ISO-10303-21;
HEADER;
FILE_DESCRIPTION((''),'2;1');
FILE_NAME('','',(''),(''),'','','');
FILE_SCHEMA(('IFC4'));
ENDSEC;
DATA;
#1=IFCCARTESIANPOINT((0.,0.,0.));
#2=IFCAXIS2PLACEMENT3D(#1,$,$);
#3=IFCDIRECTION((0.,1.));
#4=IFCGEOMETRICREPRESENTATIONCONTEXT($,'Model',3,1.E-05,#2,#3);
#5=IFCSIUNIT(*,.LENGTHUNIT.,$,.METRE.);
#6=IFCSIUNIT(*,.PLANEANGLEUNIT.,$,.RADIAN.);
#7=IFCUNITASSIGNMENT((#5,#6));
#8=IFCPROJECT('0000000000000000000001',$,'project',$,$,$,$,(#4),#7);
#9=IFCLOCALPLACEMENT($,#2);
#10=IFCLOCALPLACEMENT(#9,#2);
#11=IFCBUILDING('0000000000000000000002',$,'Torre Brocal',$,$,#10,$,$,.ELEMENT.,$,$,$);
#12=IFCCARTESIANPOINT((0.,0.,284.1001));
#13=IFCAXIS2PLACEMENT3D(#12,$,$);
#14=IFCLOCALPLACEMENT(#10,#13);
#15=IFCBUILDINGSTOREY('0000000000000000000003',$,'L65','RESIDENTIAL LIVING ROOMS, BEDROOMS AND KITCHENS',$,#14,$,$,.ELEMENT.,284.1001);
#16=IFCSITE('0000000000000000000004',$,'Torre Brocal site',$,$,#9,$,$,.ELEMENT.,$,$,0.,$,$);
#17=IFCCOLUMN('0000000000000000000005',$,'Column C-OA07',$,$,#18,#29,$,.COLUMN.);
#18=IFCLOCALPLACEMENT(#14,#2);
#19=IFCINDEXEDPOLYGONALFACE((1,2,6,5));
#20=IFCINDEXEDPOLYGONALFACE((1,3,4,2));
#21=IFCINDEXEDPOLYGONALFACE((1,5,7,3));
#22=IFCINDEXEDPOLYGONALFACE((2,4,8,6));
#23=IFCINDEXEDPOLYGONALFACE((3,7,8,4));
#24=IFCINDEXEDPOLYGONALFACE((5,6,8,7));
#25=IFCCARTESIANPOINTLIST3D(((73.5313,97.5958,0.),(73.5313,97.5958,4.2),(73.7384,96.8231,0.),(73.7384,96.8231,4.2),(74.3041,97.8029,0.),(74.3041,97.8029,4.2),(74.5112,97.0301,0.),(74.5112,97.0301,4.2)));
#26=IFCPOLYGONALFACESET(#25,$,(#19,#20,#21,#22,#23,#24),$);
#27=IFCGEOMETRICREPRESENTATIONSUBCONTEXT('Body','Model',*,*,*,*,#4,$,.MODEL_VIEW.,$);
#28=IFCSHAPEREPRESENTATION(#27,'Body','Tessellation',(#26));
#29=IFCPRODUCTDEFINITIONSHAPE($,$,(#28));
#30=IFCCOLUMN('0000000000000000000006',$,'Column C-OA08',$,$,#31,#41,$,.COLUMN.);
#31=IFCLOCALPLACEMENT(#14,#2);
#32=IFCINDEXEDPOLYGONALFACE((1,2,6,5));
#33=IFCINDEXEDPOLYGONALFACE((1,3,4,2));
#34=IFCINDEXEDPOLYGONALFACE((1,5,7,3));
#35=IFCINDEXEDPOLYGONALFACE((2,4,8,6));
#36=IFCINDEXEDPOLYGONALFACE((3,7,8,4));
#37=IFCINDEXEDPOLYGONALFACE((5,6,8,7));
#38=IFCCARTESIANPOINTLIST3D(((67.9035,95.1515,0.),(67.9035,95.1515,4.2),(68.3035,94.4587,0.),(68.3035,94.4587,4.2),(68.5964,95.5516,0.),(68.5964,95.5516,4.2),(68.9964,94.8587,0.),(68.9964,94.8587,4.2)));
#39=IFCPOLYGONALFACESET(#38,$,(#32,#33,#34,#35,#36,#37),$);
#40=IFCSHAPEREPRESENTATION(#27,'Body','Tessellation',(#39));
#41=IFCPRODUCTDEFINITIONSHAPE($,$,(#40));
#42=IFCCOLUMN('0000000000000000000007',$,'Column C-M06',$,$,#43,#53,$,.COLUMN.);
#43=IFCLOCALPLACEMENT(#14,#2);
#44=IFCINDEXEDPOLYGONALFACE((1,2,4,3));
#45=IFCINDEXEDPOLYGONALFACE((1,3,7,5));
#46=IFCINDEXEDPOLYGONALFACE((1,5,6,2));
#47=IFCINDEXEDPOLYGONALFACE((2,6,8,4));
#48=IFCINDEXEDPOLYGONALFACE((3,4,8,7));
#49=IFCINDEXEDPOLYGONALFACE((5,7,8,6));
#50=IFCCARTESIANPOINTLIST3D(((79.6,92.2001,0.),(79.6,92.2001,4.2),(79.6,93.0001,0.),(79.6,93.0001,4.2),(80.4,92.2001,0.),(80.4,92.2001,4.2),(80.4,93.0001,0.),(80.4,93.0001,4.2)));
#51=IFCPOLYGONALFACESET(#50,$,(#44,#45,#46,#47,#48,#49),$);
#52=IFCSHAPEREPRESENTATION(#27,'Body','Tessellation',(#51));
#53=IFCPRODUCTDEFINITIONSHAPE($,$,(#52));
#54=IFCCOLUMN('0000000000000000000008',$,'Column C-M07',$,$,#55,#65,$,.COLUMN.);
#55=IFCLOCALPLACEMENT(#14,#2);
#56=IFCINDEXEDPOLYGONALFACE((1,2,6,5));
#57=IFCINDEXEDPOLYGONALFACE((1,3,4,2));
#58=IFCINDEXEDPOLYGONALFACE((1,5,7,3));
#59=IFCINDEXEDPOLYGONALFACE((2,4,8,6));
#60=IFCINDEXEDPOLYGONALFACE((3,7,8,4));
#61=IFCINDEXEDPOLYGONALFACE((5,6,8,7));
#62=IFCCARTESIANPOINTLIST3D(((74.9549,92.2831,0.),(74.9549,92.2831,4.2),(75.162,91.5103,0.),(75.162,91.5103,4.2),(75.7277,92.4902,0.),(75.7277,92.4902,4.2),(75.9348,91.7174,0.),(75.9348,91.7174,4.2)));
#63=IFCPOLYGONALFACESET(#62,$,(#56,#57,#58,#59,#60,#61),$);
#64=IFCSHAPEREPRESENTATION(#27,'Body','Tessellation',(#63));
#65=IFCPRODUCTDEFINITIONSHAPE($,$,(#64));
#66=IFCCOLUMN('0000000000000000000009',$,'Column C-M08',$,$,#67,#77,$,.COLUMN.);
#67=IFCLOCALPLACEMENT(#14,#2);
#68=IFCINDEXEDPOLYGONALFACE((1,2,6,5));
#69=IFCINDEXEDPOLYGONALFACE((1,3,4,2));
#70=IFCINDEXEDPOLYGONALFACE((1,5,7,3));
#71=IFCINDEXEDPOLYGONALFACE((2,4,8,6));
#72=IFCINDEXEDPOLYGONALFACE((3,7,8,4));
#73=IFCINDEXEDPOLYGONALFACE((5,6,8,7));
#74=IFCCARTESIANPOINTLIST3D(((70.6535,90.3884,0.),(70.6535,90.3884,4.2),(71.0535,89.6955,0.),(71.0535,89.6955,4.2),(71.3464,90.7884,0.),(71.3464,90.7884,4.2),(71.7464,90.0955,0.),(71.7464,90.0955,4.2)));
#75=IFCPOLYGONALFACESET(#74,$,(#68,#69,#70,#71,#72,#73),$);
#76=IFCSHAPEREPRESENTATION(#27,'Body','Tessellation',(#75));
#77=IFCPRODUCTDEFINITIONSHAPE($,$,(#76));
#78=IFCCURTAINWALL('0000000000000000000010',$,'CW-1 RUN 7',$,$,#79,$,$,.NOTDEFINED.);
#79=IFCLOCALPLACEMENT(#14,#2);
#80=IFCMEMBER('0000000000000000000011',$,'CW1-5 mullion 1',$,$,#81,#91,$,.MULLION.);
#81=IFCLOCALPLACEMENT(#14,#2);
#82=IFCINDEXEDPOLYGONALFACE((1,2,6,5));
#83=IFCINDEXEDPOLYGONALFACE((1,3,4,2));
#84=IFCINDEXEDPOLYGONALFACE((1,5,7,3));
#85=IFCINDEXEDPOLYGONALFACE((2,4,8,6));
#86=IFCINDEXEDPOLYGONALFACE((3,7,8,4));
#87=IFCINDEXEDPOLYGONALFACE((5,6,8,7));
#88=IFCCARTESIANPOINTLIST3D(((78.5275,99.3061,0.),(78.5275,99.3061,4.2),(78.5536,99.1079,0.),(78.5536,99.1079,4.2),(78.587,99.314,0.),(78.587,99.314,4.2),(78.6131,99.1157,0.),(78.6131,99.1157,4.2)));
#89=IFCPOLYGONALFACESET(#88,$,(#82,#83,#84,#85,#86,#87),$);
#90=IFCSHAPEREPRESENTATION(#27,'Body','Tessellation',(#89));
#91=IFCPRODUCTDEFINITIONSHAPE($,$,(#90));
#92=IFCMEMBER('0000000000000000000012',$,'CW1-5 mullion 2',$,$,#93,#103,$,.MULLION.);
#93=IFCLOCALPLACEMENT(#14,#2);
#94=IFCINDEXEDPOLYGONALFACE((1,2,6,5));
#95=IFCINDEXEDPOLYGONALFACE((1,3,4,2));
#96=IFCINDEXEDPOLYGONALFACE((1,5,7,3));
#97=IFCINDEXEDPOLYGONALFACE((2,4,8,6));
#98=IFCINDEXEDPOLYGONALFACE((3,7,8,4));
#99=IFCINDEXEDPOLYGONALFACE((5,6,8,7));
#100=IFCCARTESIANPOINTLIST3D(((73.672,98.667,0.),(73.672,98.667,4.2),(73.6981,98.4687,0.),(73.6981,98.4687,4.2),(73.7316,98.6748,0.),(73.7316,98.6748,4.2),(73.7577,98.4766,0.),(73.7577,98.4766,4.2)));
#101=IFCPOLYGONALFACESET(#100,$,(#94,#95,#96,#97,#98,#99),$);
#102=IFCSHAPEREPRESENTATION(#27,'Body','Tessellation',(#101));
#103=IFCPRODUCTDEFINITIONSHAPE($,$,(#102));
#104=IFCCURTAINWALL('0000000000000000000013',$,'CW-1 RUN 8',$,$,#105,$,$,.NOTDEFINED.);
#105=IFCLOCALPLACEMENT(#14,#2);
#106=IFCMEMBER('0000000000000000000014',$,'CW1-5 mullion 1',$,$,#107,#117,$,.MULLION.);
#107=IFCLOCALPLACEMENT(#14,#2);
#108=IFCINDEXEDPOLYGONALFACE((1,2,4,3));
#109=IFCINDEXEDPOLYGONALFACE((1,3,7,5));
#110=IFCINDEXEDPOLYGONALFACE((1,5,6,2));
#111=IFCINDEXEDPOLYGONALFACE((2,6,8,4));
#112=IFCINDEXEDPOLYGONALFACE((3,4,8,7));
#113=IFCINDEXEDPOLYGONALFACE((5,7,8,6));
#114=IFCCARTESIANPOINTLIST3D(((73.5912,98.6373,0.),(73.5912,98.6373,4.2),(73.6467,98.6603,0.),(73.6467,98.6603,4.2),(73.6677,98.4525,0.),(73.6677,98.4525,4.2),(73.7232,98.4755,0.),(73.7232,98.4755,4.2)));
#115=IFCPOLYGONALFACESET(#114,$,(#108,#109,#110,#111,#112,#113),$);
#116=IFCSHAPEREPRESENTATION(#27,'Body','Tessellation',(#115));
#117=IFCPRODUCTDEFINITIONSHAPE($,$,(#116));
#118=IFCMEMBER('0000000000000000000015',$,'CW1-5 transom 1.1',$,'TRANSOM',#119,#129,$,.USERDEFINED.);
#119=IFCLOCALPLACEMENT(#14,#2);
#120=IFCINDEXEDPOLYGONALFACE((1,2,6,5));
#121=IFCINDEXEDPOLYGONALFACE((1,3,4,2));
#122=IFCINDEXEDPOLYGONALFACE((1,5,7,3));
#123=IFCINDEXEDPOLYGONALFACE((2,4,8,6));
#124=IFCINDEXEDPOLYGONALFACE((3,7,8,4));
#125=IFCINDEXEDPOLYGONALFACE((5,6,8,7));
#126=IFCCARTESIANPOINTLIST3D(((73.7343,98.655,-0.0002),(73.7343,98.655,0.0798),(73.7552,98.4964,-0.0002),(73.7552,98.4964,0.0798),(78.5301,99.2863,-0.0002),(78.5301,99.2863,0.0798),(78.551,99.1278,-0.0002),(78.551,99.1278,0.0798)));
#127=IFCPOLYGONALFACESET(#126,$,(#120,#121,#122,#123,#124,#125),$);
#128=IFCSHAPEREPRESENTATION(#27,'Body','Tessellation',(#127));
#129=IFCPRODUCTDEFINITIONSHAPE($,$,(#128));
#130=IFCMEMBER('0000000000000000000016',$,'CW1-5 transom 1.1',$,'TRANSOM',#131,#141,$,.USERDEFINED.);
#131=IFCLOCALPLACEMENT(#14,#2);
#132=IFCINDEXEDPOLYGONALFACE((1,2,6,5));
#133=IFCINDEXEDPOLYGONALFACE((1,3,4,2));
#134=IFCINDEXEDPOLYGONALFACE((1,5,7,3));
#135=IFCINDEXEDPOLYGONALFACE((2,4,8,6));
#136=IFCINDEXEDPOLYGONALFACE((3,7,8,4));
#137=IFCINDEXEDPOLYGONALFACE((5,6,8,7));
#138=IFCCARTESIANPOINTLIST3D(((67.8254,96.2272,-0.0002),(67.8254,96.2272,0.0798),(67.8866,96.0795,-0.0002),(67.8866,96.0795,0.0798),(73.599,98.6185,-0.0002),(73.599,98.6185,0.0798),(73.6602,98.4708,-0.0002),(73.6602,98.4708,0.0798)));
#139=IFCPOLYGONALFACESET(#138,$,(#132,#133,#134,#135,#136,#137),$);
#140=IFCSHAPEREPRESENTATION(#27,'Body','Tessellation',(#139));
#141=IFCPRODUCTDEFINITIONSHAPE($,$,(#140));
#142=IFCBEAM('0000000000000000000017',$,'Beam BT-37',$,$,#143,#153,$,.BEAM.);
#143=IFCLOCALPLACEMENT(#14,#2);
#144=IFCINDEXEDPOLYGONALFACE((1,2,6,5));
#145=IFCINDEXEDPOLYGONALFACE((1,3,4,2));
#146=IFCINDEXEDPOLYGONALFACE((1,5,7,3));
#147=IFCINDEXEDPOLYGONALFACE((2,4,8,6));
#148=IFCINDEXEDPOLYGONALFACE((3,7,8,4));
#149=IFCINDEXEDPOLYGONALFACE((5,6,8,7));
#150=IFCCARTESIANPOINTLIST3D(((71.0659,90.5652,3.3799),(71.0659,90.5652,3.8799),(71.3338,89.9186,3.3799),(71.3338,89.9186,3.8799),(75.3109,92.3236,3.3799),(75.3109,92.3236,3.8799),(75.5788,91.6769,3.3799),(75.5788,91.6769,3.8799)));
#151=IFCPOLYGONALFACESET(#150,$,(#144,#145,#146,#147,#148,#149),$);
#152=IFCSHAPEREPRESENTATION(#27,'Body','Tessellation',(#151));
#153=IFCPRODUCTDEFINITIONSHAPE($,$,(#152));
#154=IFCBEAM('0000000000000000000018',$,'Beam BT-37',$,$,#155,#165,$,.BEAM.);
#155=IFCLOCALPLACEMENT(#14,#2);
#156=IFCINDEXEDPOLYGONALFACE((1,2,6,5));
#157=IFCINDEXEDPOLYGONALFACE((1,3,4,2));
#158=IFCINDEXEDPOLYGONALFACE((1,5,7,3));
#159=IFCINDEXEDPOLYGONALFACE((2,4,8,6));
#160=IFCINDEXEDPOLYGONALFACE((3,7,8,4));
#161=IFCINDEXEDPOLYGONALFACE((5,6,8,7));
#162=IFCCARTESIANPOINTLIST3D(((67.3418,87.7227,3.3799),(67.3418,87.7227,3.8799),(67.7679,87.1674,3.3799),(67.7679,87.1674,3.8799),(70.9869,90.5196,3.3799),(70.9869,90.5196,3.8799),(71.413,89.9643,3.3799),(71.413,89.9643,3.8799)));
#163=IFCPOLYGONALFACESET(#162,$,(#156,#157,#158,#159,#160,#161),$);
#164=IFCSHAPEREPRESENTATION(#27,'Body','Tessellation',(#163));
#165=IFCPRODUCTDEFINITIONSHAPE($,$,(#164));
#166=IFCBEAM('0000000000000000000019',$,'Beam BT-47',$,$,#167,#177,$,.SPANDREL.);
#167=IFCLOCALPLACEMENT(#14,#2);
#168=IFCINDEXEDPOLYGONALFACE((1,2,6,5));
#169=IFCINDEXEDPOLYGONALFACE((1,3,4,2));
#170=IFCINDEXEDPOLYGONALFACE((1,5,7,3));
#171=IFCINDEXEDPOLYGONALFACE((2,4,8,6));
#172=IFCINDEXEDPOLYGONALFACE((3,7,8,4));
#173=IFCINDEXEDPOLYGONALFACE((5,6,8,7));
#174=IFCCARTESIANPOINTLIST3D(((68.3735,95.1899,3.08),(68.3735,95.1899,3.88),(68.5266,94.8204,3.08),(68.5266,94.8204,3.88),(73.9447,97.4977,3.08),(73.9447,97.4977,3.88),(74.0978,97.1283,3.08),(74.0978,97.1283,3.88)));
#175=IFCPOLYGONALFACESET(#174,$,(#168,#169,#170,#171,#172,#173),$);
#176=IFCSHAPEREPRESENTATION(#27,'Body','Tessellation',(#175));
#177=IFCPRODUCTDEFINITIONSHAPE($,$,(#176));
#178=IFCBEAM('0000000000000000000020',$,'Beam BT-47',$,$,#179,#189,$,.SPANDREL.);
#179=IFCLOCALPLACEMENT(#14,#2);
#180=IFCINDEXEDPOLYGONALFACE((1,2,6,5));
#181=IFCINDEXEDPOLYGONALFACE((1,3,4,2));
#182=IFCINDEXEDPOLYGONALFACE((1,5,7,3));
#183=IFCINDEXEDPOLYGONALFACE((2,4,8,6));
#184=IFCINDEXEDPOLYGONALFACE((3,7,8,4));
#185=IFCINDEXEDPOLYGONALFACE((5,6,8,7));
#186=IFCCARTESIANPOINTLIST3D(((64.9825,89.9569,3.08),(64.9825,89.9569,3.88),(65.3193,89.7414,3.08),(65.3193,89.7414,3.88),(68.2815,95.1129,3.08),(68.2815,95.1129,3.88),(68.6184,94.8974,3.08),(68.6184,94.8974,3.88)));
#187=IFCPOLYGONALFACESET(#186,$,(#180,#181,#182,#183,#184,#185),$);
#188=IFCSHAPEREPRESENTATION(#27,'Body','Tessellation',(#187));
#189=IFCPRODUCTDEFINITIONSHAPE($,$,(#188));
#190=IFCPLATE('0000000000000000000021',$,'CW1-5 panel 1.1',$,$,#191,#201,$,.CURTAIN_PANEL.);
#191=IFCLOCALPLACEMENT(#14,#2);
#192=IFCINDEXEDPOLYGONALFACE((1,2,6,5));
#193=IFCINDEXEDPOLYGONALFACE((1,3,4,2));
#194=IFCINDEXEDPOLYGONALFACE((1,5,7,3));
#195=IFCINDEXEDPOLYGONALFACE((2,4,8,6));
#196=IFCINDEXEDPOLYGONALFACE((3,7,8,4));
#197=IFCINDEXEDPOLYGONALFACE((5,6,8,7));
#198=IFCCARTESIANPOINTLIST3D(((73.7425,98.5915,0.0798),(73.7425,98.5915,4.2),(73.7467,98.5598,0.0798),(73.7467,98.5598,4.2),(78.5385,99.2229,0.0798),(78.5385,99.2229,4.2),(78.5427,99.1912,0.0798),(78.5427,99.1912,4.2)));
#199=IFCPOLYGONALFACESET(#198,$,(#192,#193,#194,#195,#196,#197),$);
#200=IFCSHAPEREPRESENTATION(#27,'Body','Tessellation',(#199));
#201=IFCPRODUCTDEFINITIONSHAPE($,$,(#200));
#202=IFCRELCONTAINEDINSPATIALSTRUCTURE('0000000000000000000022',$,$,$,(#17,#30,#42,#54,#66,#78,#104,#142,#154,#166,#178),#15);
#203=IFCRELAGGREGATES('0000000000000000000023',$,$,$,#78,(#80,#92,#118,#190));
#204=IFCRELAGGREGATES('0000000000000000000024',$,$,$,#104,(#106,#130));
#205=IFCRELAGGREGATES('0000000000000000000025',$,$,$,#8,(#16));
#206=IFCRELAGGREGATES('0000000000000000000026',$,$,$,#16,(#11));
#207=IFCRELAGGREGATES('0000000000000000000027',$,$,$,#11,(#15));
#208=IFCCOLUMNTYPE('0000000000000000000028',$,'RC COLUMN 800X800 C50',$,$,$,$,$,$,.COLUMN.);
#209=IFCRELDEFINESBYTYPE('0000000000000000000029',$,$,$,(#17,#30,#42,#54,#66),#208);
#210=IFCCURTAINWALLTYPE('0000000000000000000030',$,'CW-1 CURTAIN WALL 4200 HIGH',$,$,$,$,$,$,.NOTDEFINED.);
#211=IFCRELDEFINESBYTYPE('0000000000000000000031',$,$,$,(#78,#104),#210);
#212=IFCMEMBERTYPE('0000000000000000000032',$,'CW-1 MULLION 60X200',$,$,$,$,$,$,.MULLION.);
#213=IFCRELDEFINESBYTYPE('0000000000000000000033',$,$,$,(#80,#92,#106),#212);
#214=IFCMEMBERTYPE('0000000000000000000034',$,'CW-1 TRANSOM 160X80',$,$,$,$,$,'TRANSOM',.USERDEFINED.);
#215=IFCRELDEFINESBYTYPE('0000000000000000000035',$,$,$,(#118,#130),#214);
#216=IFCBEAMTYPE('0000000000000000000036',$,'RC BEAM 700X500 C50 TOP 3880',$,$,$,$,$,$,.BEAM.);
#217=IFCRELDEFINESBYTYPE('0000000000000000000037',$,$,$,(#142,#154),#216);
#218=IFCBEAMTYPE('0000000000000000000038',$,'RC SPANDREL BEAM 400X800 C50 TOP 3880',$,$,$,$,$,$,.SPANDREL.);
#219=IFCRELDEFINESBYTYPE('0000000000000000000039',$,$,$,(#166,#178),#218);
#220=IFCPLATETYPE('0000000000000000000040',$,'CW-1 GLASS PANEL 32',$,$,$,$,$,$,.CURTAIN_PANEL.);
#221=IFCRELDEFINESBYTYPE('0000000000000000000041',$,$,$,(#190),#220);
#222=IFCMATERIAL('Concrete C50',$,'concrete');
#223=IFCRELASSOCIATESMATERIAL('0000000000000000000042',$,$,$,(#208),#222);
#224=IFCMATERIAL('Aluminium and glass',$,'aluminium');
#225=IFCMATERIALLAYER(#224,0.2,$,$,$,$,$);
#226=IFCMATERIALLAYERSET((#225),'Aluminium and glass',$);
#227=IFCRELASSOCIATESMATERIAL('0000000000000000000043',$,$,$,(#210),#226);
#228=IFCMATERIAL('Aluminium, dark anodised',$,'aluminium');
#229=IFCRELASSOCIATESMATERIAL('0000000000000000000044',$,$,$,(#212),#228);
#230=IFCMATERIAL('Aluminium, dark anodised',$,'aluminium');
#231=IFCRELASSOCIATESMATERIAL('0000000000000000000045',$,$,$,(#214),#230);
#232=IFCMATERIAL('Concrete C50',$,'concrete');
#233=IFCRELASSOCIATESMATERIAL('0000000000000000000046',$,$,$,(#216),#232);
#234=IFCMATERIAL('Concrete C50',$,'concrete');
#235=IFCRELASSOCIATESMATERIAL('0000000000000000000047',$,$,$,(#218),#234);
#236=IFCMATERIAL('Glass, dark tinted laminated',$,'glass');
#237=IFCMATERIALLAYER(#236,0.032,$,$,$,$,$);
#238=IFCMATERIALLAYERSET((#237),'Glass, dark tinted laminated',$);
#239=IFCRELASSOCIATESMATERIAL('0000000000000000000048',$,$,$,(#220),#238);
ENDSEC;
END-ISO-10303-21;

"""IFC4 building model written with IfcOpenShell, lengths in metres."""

from ifc_helpers import new_model, si_unit, direction, frame, origin, origin_2d, place, context, subcontext, project, spatial, rectangle, extrude, material, layer, layer_set, material_profile, profile_set, type_object, element, aggregate, save


model = new_model("IFC4")

# Units and contexts
model_context = context("Model", 3, precision=1e-05, world=origin(), true_north=direction((0.0, 1.0)))
body_context = subcontext(model_context, "Body", "Model", "MODEL_VIEW")
ifc_project = project(units=[si_unit("LENGTHUNIT", "METRE"), si_unit("PLANEANGLEUNIT", "RADIAN")], contexts=[model_context])

# Site, building, storey
site_placement = place(None, origin())
site = spatial("IfcSite", under=ifc_project, at=site_placement, Name="Torre Brocal site", CompositionType="ELEMENT", RefElevation=0.0)
building_placement = place(site_placement, origin())
building = spatial("IfcBuilding", under=site, at=building_placement, Name="Torre Brocal", CompositionType="ELEMENT")
storey_placement = place(building_placement, frame((0.0, 0.0, 284.1001)))
storey = spatial("IfcBuildingStorey", under=building, at=storey_placement, Name="L65", Description="RESIDENTIAL LIVING ROOMS, BEDROOMS AND KITCHENS", CompositionType="ELEMENT", Elevation=284.1001)

# Columns
ifc_material_1 = material(Name="Concrete C50", Category="concrete")
ifc_material_profile_1 = material_profile(ifc_material_1, rectangle(XDim=0.8, YDim=0.8, at=origin_2d()), Name="RC 800X800")
ifc_profile_set_1 = profile_set([ifc_material_profile_1], Name="Concrete C50")
column_type = type_object("IfcColumnType", Name="RC COLUMN 800X800 C50", PredefinedType="COLUMN", material=ifc_profile_set_1)
for number, where, z_axis, x_axis, name in (
    (1, (74.0212, 97.313, 0.0), (0.0, 0.0, 1.0), (-0.258819, 0.965926, 0.0), "Column C-OA07"),
    (2, (68.45, 95.0051, 0.0), (0.0, 0.0, 1.0), (-0.5, 0.866025, 0.0), "Column C-OA08"),
    (3, (80.0, 92.6001, 0.0), (0.0, 0.0, 1.0), (0.0, 1.0, 0.0), "Column C-M06"),
    (4, (75.4448, 92.0002, 0.0), (0.0, 0.0, 1.0), (-0.258819, 0.965926, 0.0), "Column C-M07"),
    (5, (71.2, 90.2419, 0.0), (0.0, 0.0, 1.0), (-0.5, 0.866025, 0.0), "Column C-M08"),
):
    element("IfcColumn", number, at=place(storey_placement, frame(where, z_axis=z_axis, x_axis=x_axis)), inside=storey, type_object=column_type, Name=name, PredefinedType="COLUMN", context=body_context, shape_type="SweptSolid", body=[
        extrude(rectangle(XDim=0.8, YDim=0.8, at=origin_2d()), origin(), (0.0, 0.0, 1.0), 4.2),
    ])

# Curtain wall, members
ifc_material_2 = material(Name="Aluminium and glass", Category="aluminium")
ifc_layer_1 = layer(ifc_material_2, 0.2)
ifc_layer_set_1 = layer_set([ifc_layer_1], Name="Aluminium and glass")
curtain_wall_type = type_object("IfcCurtainWallType", Name="CW-1 CURTAIN WALL 4200 HIGH", PredefinedType="NOTDEFINED", material=ifc_layer_set_1)
curtain_wall_1_placement = place(storey_placement, origin())
curtain_wall_1 = element("IfcCurtainWall", 6, at=curtain_wall_1_placement, inside=storey, type_object=curtain_wall_type, Name="CW-1 RUN 7", PredefinedType="NOTDEFINED")
ifc_material_3 = material(Name="Aluminium, dark anodised", Category="aluminium")
ifc_material_profile_2 = material_profile(ifc_material_3, rectangle(XDim=0.2, YDim=0.0601, at=origin_2d()), Name="CW-1 MULLION 60X200")
ifc_profile_set_2 = profile_set([ifc_material_profile_2], Name="Aluminium, dark anodised")
member_type_1 = type_object("IfcMemberType", Name="CW-1 MULLION 60X200", PredefinedType="MULLION", material=ifc_profile_set_2)
member_1_placement = place(storey_placement, frame((78.5703, 99.2109, 0.0), z_axis=(0.0, 0.0, 1.0), x_axis=(0.130526, -0.991445, 0.0)))
member_1 = element("IfcMember", 7, at=member_1_placement, type_object=member_type_1, Name="CW1-5 mullion 1", PredefinedType="MULLION", context=body_context, shape_type="SweptSolid", body=[
    extrude(rectangle(XDim=0.2, YDim=0.0601, at=origin_2d()), origin(), (0.0, 0.0, 1.0), 4.2),
])
member_2_placement = place(storey_placement, frame((73.7148, 98.5718, 0.0), z_axis=(0.0, 0.0, 1.0), x_axis=(0.130526, -0.991445, 0.0)))
member_2 = element("IfcMember", 8, at=member_2_placement, type_object=member_type_1, Name="CW1-5 mullion 2", PredefinedType="MULLION", context=body_context, shape_type="SweptSolid", body=[
    extrude(rectangle(XDim=0.2, YDim=0.0601, at=origin_2d()), origin(), (0.0, 0.0, 1.0), 4.2),
])

# Curtain wall, member
curtain_wall_2_placement = place(storey_placement, origin())
curtain_wall_2 = element("IfcCurtainWall", 9, at=curtain_wall_2_placement, inside=storey, type_object=curtain_wall_type, Name="CW-1 RUN 8", PredefinedType="NOTDEFINED")
member_3_placement = place(storey_placement, frame((73.6572, 98.5564, 0.0), z_axis=(0.0, 0.0, 1.0), x_axis=(0.382683, -0.92388, 0.0)))
member_3 = element("IfcMember", 10, at=member_3_placement, type_object=member_type_1, Name="CW1-5 mullion 1", PredefinedType="MULLION", context=body_context, shape_type="SweptSolid", body=[
    extrude(rectangle(XDim=0.2, YDim=0.0601, at=origin_2d()), origin(), (0.0, 0.0, 1.0), 4.2),
])

# Members
ifc_material_4 = material(Name="Aluminium, dark anodised", Category="aluminium")
ifc_material_profile_3 = material_profile(ifc_material_4, rectangle(XDim=0.1599, YDim=0.0801, at=origin_2d()), Name="CW-1 TRANSOM 160X80")
ifc_profile_set_3 = profile_set([ifc_material_profile_3], Name="Aluminium, dark anodised")
member_type_2 = type_object("IfcMemberType", Name="CW-1 TRANSOM 160X80", ElementType="TRANSOM", PredefinedType="USERDEFINED", material=ifc_profile_set_3)
member_4_placement = place(storey_placement, frame((78.5405, 99.207, 0.0398), z_axis=(-0.991446, -0.130517, 0.0), x_axis=(0.130517, -0.991446, 0.0)))
member_4 = element("IfcMember", 11, at=member_4_placement, type_object=member_type_2, Name="CW1-5 transom 1.1", ObjectType="TRANSOM", PredefinedType="USERDEFINED", context=body_context, shape_type="SweptSolid", body=[
    extrude(rectangle(XDim=0.1599, YDim=0.0801, at=origin_2d()), origin(), (0.0, 0.0, 1.0), 4.8372),
])
member_5_placement = place(storey_placement, frame((73.6296, 98.5447, 0.0398), z_axis=(-0.92389, -0.382659, 0.0), x_axis=(0.382659, -0.92389, 0.0)))
member_5 = element("IfcMember", 12, at=member_5_placement, type_object=member_type_2, Name="CW1-5 transom 1.1", ObjectType="TRANSOM", PredefinedType="USERDEFINED", context=body_context, shape_type="SweptSolid", body=[
    extrude(rectangle(XDim=0.1599, YDim=0.0801, at=origin_2d()), origin(), (0.0, 0.0, 1.0), 6.2493),
])

# Beams
ifc_material_5 = material(Name="Concrete C50", Category="concrete")
ifc_material_profile_4 = material_profile(ifc_material_5, rectangle(XDim=0.7, YDim=0.5, at=origin_2d()), Name="RC 700X500")
ifc_profile_set_4 = profile_set([ifc_material_profile_4], Name="Concrete C50")
beam_type_1 = type_object("IfcBeamType", Name="RC BEAM 700X500 C50 TOP 3880", PredefinedType="BEAM", material=ifc_profile_set_4)
beam_1_placement = place(storey_placement, frame((75.4448, 92.0002, 3.6299), z_axis=(-0.923878, -0.382687, 0.0), x_axis=(0.382687, -0.923878, 0.0)))
element("IfcBeam", 13, at=beam_1_placement, inside=storey, type_object=beam_type_1, Name="Beam BT-37", PredefinedType="BEAM", context=body_context, shape_type="SweptSolid", body=[
    extrude(rectangle(XDim=0.7, YDim=0.5, at=origin_2d()), origin(), (0.0, 0.0, 1.0), 4.5947),
])
beam_2_placement = place(storey_placement, frame((71.2, 90.2419, 3.6299), z_axis=(-0.793358, -0.608755, 0.0), x_axis=(0.608755, -0.793358, 0.0)))
element("IfcBeam", 14, at=beam_2_placement, inside=storey, type_object=beam_type_1, Name="Beam BT-37", PredefinedType="BEAM", context=body_context, shape_type="SweptSolid", body=[
    extrude(rectangle(XDim=0.7, YDim=0.5, at=origin_2d()), origin(), (0.0, 0.0, 1.0), 4.5945),
])
ifc_material_6 = material(Name="Concrete C50", Category="concrete")
ifc_material_profile_5 = material_profile(ifc_material_6, rectangle(XDim=0.3999, YDim=0.8, at=origin_2d()), Name="RC 400X800")
ifc_profile_set_5 = profile_set([ifc_material_profile_5], Name="Concrete C50")
beam_type_2 = type_object("IfcBeamType", Name="RC SPANDREL BEAM 400X800 C50 TOP 3880", PredefinedType="SPANDREL", material=ifc_profile_set_5)
beam_3_placement = place(storey_placement, frame((74.0212, 97.313, 3.48), z_axis=(-0.92387, -0.382706, 0.0), x_axis=(0.382706, -0.92387, 0.0)))
element("IfcBeam", 15, at=beam_3_placement, inside=storey, type_object=beam_type_2, Name="Beam BT-47", PredefinedType="SPANDREL", context=body_context, shape_type="SweptSolid", body=[
    extrude(rectangle(XDim=0.3999, YDim=0.8, at=origin_2d()), origin(), (0.0, 0.0, 1.0), 6.0303),
])
beam_4_placement = place(storey_placement, frame((68.45, 95.0051, 3.48), z_axis=(-0.538964, -0.842329, 0.0), x_axis=(0.842329, -0.538964, 0.0)))
element("IfcBeam", 16, at=beam_4_placement, inside=storey, type_object=beam_type_2, Name="Beam BT-47", PredefinedType="SPANDREL", context=body_context, shape_type="SweptSolid", body=[
    extrude(rectangle(XDim=0.3999, YDim=0.8, at=origin_2d()), origin(), (0.0, 0.0, 1.0), 6.1211),
])

# Plate
ifc_material_7 = material(Name="Glass, dark tinted laminated", Category="glass")
ifc_layer_2 = layer(ifc_material_7, 0.032)
ifc_layer_set_2 = layer_set([ifc_layer_2], Name="Glass, dark tinted laminated")
plate_type = type_object("IfcPlateType", Name="CW-1 GLASS PANEL 32", PredefinedType="CURTAIN_PANEL", material=ifc_layer_set_2)
plate_1_placement = place(storey_placement, frame((76.1426, 98.8914, 0.0798), z_axis=(0.0, 0.0, 1.0), x_axis=(-0.991445, -0.130526, 0.0)))
plate_1 = element("IfcPlate", 17, at=plate_1_placement, type_object=plate_type, Name="CW1-5 panel 1.1", PredefinedType="CURTAIN_PANEL", context=body_context, shape_type="SweptSolid", body=[
    extrude(rectangle(XDim=4.8374, YDim=0.032, at=origin_2d()), origin(), (0.0, 0.0, 1.0), 4.1201),
])
aggregate(curtain_wall_1, [member_1, member_2, member_4, plate_1])
aggregate(curtain_wall_2, [member_3, member_5])

save(model, "model.ifc")
